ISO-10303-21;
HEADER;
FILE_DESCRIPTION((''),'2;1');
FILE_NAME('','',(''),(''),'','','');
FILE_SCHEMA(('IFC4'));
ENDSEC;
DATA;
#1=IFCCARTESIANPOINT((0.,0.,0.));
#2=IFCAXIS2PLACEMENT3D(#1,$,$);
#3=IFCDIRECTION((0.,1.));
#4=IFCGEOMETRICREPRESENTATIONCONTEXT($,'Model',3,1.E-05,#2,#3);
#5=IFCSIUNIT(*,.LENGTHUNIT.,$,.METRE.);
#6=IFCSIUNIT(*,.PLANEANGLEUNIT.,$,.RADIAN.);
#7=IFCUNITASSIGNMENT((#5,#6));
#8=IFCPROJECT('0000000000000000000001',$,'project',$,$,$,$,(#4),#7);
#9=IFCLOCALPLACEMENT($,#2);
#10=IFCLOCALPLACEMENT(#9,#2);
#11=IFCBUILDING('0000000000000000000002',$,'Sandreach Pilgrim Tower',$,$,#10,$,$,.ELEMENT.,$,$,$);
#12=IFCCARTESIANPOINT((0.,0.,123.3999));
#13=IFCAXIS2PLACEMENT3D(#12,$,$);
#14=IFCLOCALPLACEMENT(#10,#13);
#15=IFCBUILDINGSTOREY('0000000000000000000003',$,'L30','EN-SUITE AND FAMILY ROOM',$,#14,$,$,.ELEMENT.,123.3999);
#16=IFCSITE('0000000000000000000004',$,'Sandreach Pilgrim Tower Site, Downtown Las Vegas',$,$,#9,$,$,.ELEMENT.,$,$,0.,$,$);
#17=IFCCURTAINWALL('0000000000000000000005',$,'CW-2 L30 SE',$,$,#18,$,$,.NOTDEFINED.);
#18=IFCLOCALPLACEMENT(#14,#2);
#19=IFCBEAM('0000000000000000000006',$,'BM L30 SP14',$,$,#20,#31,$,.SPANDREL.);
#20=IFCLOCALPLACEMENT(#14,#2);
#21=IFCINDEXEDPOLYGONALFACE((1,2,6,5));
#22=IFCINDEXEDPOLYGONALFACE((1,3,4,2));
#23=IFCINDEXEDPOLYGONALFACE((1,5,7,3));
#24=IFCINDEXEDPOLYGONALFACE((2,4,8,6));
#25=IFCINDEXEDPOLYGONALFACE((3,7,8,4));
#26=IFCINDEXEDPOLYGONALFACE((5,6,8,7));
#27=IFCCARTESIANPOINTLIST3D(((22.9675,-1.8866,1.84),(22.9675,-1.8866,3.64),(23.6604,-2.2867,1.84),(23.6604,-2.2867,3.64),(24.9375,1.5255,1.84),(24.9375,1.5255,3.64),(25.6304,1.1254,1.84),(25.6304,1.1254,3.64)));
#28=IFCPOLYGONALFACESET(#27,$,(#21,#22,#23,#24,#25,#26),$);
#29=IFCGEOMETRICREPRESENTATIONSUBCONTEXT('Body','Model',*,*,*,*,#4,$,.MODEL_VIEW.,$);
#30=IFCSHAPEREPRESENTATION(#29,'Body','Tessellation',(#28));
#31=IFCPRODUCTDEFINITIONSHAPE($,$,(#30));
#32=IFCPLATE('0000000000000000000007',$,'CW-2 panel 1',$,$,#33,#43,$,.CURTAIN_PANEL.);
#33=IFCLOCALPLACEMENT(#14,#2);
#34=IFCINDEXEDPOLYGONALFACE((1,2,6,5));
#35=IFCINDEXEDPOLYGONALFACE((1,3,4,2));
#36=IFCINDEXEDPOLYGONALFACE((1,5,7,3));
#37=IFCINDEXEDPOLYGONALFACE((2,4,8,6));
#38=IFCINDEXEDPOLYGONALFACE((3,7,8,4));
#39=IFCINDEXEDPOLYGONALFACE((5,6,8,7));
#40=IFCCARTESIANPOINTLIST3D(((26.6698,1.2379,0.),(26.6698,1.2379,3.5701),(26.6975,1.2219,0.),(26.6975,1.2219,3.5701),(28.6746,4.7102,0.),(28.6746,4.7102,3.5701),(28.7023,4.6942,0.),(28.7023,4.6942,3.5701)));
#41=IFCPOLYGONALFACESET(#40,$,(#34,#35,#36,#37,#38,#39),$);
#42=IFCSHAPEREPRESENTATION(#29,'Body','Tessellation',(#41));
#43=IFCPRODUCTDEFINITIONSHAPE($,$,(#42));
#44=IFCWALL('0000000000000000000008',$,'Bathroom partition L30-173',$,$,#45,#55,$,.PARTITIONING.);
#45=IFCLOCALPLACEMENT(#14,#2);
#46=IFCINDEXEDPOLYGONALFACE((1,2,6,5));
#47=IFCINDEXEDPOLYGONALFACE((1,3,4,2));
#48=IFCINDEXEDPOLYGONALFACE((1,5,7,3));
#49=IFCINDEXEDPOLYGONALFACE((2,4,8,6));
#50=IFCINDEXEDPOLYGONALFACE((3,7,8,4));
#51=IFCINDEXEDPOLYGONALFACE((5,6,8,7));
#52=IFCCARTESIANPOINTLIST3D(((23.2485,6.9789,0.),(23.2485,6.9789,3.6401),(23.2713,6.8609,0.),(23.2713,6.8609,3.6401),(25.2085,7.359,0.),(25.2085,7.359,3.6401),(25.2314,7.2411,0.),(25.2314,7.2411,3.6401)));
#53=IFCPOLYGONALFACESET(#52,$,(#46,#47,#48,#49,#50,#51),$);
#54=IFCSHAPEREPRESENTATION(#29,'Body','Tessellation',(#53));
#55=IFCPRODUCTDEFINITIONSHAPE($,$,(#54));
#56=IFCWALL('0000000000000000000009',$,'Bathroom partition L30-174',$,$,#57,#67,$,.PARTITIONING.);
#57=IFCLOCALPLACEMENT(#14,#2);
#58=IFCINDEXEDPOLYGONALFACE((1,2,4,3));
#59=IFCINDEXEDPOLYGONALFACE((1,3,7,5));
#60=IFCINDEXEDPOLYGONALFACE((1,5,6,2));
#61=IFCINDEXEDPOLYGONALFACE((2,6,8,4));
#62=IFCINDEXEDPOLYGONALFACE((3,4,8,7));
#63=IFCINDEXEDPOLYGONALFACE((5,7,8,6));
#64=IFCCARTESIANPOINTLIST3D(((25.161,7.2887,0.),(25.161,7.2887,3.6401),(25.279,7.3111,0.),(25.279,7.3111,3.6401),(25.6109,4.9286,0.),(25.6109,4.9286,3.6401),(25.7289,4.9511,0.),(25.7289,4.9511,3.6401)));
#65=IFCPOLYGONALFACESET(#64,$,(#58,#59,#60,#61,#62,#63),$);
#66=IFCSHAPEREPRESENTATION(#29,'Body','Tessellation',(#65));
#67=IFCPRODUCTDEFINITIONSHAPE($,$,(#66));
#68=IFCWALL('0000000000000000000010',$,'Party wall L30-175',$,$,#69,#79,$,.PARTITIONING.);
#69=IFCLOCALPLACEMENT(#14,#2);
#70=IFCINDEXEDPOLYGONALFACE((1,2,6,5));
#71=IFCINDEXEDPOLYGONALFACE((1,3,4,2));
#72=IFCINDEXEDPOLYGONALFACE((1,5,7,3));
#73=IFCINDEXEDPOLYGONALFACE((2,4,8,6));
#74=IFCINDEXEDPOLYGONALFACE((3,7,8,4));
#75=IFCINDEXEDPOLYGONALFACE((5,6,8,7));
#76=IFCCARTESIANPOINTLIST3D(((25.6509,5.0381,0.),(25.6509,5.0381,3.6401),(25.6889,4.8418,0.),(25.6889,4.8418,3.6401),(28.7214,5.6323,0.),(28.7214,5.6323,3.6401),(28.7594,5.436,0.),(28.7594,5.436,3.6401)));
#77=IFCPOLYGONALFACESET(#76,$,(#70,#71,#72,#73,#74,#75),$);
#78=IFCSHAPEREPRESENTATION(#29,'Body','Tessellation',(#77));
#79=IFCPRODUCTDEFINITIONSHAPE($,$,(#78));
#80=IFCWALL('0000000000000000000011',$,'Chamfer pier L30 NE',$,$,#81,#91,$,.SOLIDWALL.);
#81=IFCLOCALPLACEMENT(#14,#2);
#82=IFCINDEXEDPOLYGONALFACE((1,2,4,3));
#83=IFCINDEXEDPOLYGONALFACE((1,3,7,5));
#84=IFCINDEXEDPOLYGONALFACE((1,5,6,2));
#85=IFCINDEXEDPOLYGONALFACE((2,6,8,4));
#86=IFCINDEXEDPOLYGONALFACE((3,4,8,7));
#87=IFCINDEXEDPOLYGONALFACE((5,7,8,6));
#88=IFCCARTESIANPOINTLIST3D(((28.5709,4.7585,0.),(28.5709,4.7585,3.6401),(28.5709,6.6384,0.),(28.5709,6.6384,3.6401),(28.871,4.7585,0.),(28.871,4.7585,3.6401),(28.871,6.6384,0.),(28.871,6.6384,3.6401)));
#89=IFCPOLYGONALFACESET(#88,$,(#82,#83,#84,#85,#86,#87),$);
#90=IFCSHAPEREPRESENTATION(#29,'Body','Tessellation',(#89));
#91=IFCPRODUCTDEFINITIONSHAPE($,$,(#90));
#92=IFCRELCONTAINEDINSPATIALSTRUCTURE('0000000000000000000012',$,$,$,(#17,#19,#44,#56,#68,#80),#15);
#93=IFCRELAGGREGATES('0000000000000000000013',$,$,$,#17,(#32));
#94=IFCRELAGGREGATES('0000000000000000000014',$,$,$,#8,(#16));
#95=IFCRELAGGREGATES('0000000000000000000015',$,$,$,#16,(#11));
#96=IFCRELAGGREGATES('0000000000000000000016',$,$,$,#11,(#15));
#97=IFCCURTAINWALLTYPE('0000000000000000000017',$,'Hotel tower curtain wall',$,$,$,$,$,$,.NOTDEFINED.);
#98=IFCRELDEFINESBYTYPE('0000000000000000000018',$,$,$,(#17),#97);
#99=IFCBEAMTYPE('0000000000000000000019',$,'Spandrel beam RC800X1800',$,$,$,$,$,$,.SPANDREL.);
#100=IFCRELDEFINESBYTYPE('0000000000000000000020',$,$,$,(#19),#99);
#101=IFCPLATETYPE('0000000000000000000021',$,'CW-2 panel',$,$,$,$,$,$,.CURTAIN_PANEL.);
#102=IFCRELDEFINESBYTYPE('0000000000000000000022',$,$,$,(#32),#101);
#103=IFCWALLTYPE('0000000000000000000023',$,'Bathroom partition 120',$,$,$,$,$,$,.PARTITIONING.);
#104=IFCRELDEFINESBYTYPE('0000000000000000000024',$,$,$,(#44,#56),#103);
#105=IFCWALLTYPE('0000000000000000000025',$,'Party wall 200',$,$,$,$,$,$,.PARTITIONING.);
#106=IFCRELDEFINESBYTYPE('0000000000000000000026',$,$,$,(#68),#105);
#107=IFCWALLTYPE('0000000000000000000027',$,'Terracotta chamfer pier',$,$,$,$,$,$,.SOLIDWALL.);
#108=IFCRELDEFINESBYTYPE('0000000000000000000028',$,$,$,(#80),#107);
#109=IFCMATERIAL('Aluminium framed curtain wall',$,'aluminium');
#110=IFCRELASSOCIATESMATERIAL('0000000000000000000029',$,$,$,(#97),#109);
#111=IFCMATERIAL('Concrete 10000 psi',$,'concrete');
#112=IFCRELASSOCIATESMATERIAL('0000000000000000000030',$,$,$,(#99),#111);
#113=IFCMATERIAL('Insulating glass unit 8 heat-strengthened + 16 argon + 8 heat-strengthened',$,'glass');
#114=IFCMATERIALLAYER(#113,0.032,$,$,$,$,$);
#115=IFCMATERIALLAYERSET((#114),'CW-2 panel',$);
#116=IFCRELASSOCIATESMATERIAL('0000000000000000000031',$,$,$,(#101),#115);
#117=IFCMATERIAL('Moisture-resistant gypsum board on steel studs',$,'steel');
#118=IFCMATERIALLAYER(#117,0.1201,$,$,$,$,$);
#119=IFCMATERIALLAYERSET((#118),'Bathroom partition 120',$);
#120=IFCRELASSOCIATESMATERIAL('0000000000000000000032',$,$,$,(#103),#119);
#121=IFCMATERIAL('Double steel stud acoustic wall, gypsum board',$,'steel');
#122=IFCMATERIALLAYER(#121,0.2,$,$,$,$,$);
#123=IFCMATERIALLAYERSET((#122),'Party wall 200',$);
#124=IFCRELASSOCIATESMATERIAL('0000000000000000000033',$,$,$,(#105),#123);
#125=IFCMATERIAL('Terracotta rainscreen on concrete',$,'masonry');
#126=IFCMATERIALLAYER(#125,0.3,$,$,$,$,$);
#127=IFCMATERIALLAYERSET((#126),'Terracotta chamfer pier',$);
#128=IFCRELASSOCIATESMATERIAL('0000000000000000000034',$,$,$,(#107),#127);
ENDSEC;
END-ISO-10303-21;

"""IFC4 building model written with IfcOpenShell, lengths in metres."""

from ifc_helpers import new_model, si_unit, direction, frame, frame_2d, origin, origin_2d, place, context, subcontext, project, spatial, rectangle, extrude, material, layer, layer_set, material_profile, profile_set, type_object, element, aggregate, save


model = new_model("IFC4")

# Units and contexts
model_context = context("Model", 3, precision=1e-05, world=origin(), true_north=direction((0.0, 1.0)))
body_context = subcontext(model_context, "Body", "Model", "MODEL_VIEW")
ifc_project = project(units=[si_unit("LENGTHUNIT", "METRE"), si_unit("PLANEANGLEUNIT", "RADIAN")], contexts=[model_context])

# Site, building, storey
site_placement = place(None, origin())
site = spatial("IfcSite", under=ifc_project, at=site_placement, Name="Sandreach Pilgrim Tower Site, Downtown Las Vegas", CompositionType="ELEMENT", RefElevation=0.0)
building_placement = place(site_placement, origin())
building = spatial("IfcBuilding", under=site, at=building_placement, Name="Sandreach Pilgrim Tower", CompositionType="ELEMENT")
storey_placement = place(building_placement, frame((0.0, 0.0, 123.3999)))
storey = spatial("IfcBuildingStorey", under=building, at=storey_placement, Name="L30", Description="EN-SUITE AND FAMILY ROOM", CompositionType="ELEMENT", Elevation=123.3999)

# Shared definitions
ifc_material_1 = material(Name="Aluminium framed curtain wall", Category="aluminium")
curtain_wall_type = type_object("IfcCurtainWallType", Name="Hotel tower curtain wall", PredefinedType="NOTDEFINED", material=ifc_material_1)

# Curtain wall
curtain_wall_1_placement = place(storey_placement, origin())
curtain_wall_1 = element("IfcCurtainWall", 1, at=curtain_wall_1_placement, inside=storey, type_object=curtain_wall_type, Name="CW-2 L30 SE", PredefinedType="NOTDEFINED")

# Beam
ifc_material_2 = material(Name="Concrete 10000 psi", Category="concrete")
ifc_material_profile_1 = material_profile(ifc_material_2, rectangle(XDim=0.8, YDim=1.8, at=origin_2d()), Name="RC800X1800")
ifc_profile_set_1 = profile_set([ifc_material_profile_1], Name="Concrete 10000 psi")
beam_type_1 = type_object("IfcBeamType", Name="Spandrel beam RC800X1800", PredefinedType="SPANDREL", material=ifc_profile_set_1)
beam_1_placement = place(storey_placement, frame((25.2839, 1.3254, 2.74), z_axis=(-0.499998, -0.866027, 0.0), x_axis=(0.866027, -0.499998, 0.0)))
element("IfcBeam", 2, at=beam_1_placement, inside=storey, type_object=beam_type_1, Name="BM L30 SP14", PredefinedType="SPANDREL", context=body_context, shape_type="SweptSolid", body=[
    extrude(rectangle(XDim=0.8, YDim=1.8, at=origin_2d()), origin(), (0.0, 0.0, 1.0), 3.9399),
])

# Plate
ifc_material_3 = material(Name="Insulating glass unit 8 heat-strengthened + 16 argon + 8 heat-strengthened", Category="glass")
ifc_layer_1 = layer(ifc_material_3, 0.032)
ifc_layer_set_1 = layer_set([ifc_layer_1], Name="CW-2 panel")
plate_type = type_object("IfcPlateType", Name="CW-2 panel", PredefinedType="CURTAIN_PANEL", material=ifc_layer_set_1)
plate_placement = place(storey_placement, frame((27.686, 2.9661, 0.0), z_axis=(0.0, 0.0, 1.0), x_axis=(-0.5, -0.866025, 0.0)))
plate = element("IfcPlate", 3, at=plate_placement, type_object=plate_type, Name="CW-2 panel 1", PredefinedType="CURTAIN_PANEL", context=body_context, shape_type="SweptSolid", body=[
    extrude(rectangle(XDim=4.0095, YDim=0.032, at=origin_2d()), origin(), (0.0, 0.0, 1.0), 3.5701),
])
aggregate(curtain_wall_1, [plate])

# Walls
ifc_material_4 = material(Name="Moisture-resistant gypsum board on steel studs", Category="steel")
ifc_layer_2 = layer(ifc_material_4, 0.1201)
ifc_layer_set_2 = layer_set([ifc_layer_2], Name="Bathroom partition 120")
wall_type_1 = type_object("IfcWallType", Name="Bathroom partition 120", PredefinedType="PARTITIONING", material=ifc_layer_set_2)
wall_1_placement = place(storey_placement, frame((25.22, 7.3, 0.0), z_axis=(0.0, 0.0, 1.0), x_axis=(-0.981707, -0.190398, 0.0)))
element("IfcWall", 4, at=wall_1_placement, inside=storey, type_object=wall_type_1, Name="Bathroom partition L30-173", PredefinedType="PARTITIONING", context=body_context, shape_type="SweptSolid", body=[
    extrude(rectangle(XDim=1.9966, YDim=0.1201, at=frame_2d((0.9983, 0.0))), origin(), (0.0, 0.0, 1.0), 3.6401),
])
wall_2_placement = place(storey_placement, frame((25.6699, 4.9399, 0.0), z_axis=(0.0, 0.0, 1.0), x_axis=(-0.187276, 0.982307, 0.0)))
element("IfcWall", 5, at=wall_2_placement, inside=storey, type_object=wall_type_1, Name="Bathroom partition L30-174", PredefinedType="PARTITIONING", context=body_context, shape_type="SweptSolid", body=[
    extrude(rectangle(XDim=2.4026, YDim=0.1201, at=frame_2d((1.2012, 0.0))), origin(), (0.0, 0.0, 1.0), 3.6401),
])
ifc_material_5 = material(Name="Double steel stud acoustic wall, gypsum board", Category="steel")
ifc_layer_3 = layer(ifc_material_5, 0.2)
ifc_layer_set_3 = layer_set([ifc_layer_3], Name="Party wall 200")
wall_type_2 = type_object("IfcWallType", Name="Party wall 200", PredefinedType="PARTITIONING", material=ifc_layer_set_3)
wall_3_placement = place(storey_placement, frame((25.6699, 4.9399, 0.0), z_axis=(0.0, 0.0, 1.0), x_axis=(0.981784, 0.190002, 0.0)))
element("IfcWall", 6, at=wall_3_placement, inside=storey, type_object=wall_type_2, Name="Party wall L30-175", PredefinedType="PARTITIONING", context=body_context, shape_type="SweptSolid", body=[
    extrude(rectangle(XDim=3.1274, YDim=0.2, at=frame_2d((1.5637, 0.0))), origin(), (0.0, 0.0, 1.0), 3.6401),
])
ifc_material_6 = material(Name="Terracotta rainscreen on concrete", Category="masonry")
ifc_layer_4 = layer(ifc_material_6, 0.3)
ifc_layer_set_4 = layer_set([ifc_layer_4], Name="Terracotta chamfer pier")
wall_type_3 = type_object("IfcWallType", Name="Terracotta chamfer pier", PredefinedType="SOLIDWALL", material=ifc_layer_set_4)
wall_4_placement = place(storey_placement, frame((28.7209, 6.6384, 0.0), z_axis=(0.0, 0.0, 1.0), x_axis=(0.0, -1.0, 0.0)))
element("IfcWall", 7, at=wall_4_placement, inside=storey, type_object=wall_type_3, Name="Chamfer pier L30 NE", PredefinedType="SOLIDWALL", context=body_context, shape_type="SweptSolid", body=[
    extrude(rectangle(XDim=1.8799, YDim=0.3, at=frame_2d((0.9399, 0.0))), origin(), (0.0, 0.0, 1.0), 3.6401),
])

save(model, "model.ifc")
